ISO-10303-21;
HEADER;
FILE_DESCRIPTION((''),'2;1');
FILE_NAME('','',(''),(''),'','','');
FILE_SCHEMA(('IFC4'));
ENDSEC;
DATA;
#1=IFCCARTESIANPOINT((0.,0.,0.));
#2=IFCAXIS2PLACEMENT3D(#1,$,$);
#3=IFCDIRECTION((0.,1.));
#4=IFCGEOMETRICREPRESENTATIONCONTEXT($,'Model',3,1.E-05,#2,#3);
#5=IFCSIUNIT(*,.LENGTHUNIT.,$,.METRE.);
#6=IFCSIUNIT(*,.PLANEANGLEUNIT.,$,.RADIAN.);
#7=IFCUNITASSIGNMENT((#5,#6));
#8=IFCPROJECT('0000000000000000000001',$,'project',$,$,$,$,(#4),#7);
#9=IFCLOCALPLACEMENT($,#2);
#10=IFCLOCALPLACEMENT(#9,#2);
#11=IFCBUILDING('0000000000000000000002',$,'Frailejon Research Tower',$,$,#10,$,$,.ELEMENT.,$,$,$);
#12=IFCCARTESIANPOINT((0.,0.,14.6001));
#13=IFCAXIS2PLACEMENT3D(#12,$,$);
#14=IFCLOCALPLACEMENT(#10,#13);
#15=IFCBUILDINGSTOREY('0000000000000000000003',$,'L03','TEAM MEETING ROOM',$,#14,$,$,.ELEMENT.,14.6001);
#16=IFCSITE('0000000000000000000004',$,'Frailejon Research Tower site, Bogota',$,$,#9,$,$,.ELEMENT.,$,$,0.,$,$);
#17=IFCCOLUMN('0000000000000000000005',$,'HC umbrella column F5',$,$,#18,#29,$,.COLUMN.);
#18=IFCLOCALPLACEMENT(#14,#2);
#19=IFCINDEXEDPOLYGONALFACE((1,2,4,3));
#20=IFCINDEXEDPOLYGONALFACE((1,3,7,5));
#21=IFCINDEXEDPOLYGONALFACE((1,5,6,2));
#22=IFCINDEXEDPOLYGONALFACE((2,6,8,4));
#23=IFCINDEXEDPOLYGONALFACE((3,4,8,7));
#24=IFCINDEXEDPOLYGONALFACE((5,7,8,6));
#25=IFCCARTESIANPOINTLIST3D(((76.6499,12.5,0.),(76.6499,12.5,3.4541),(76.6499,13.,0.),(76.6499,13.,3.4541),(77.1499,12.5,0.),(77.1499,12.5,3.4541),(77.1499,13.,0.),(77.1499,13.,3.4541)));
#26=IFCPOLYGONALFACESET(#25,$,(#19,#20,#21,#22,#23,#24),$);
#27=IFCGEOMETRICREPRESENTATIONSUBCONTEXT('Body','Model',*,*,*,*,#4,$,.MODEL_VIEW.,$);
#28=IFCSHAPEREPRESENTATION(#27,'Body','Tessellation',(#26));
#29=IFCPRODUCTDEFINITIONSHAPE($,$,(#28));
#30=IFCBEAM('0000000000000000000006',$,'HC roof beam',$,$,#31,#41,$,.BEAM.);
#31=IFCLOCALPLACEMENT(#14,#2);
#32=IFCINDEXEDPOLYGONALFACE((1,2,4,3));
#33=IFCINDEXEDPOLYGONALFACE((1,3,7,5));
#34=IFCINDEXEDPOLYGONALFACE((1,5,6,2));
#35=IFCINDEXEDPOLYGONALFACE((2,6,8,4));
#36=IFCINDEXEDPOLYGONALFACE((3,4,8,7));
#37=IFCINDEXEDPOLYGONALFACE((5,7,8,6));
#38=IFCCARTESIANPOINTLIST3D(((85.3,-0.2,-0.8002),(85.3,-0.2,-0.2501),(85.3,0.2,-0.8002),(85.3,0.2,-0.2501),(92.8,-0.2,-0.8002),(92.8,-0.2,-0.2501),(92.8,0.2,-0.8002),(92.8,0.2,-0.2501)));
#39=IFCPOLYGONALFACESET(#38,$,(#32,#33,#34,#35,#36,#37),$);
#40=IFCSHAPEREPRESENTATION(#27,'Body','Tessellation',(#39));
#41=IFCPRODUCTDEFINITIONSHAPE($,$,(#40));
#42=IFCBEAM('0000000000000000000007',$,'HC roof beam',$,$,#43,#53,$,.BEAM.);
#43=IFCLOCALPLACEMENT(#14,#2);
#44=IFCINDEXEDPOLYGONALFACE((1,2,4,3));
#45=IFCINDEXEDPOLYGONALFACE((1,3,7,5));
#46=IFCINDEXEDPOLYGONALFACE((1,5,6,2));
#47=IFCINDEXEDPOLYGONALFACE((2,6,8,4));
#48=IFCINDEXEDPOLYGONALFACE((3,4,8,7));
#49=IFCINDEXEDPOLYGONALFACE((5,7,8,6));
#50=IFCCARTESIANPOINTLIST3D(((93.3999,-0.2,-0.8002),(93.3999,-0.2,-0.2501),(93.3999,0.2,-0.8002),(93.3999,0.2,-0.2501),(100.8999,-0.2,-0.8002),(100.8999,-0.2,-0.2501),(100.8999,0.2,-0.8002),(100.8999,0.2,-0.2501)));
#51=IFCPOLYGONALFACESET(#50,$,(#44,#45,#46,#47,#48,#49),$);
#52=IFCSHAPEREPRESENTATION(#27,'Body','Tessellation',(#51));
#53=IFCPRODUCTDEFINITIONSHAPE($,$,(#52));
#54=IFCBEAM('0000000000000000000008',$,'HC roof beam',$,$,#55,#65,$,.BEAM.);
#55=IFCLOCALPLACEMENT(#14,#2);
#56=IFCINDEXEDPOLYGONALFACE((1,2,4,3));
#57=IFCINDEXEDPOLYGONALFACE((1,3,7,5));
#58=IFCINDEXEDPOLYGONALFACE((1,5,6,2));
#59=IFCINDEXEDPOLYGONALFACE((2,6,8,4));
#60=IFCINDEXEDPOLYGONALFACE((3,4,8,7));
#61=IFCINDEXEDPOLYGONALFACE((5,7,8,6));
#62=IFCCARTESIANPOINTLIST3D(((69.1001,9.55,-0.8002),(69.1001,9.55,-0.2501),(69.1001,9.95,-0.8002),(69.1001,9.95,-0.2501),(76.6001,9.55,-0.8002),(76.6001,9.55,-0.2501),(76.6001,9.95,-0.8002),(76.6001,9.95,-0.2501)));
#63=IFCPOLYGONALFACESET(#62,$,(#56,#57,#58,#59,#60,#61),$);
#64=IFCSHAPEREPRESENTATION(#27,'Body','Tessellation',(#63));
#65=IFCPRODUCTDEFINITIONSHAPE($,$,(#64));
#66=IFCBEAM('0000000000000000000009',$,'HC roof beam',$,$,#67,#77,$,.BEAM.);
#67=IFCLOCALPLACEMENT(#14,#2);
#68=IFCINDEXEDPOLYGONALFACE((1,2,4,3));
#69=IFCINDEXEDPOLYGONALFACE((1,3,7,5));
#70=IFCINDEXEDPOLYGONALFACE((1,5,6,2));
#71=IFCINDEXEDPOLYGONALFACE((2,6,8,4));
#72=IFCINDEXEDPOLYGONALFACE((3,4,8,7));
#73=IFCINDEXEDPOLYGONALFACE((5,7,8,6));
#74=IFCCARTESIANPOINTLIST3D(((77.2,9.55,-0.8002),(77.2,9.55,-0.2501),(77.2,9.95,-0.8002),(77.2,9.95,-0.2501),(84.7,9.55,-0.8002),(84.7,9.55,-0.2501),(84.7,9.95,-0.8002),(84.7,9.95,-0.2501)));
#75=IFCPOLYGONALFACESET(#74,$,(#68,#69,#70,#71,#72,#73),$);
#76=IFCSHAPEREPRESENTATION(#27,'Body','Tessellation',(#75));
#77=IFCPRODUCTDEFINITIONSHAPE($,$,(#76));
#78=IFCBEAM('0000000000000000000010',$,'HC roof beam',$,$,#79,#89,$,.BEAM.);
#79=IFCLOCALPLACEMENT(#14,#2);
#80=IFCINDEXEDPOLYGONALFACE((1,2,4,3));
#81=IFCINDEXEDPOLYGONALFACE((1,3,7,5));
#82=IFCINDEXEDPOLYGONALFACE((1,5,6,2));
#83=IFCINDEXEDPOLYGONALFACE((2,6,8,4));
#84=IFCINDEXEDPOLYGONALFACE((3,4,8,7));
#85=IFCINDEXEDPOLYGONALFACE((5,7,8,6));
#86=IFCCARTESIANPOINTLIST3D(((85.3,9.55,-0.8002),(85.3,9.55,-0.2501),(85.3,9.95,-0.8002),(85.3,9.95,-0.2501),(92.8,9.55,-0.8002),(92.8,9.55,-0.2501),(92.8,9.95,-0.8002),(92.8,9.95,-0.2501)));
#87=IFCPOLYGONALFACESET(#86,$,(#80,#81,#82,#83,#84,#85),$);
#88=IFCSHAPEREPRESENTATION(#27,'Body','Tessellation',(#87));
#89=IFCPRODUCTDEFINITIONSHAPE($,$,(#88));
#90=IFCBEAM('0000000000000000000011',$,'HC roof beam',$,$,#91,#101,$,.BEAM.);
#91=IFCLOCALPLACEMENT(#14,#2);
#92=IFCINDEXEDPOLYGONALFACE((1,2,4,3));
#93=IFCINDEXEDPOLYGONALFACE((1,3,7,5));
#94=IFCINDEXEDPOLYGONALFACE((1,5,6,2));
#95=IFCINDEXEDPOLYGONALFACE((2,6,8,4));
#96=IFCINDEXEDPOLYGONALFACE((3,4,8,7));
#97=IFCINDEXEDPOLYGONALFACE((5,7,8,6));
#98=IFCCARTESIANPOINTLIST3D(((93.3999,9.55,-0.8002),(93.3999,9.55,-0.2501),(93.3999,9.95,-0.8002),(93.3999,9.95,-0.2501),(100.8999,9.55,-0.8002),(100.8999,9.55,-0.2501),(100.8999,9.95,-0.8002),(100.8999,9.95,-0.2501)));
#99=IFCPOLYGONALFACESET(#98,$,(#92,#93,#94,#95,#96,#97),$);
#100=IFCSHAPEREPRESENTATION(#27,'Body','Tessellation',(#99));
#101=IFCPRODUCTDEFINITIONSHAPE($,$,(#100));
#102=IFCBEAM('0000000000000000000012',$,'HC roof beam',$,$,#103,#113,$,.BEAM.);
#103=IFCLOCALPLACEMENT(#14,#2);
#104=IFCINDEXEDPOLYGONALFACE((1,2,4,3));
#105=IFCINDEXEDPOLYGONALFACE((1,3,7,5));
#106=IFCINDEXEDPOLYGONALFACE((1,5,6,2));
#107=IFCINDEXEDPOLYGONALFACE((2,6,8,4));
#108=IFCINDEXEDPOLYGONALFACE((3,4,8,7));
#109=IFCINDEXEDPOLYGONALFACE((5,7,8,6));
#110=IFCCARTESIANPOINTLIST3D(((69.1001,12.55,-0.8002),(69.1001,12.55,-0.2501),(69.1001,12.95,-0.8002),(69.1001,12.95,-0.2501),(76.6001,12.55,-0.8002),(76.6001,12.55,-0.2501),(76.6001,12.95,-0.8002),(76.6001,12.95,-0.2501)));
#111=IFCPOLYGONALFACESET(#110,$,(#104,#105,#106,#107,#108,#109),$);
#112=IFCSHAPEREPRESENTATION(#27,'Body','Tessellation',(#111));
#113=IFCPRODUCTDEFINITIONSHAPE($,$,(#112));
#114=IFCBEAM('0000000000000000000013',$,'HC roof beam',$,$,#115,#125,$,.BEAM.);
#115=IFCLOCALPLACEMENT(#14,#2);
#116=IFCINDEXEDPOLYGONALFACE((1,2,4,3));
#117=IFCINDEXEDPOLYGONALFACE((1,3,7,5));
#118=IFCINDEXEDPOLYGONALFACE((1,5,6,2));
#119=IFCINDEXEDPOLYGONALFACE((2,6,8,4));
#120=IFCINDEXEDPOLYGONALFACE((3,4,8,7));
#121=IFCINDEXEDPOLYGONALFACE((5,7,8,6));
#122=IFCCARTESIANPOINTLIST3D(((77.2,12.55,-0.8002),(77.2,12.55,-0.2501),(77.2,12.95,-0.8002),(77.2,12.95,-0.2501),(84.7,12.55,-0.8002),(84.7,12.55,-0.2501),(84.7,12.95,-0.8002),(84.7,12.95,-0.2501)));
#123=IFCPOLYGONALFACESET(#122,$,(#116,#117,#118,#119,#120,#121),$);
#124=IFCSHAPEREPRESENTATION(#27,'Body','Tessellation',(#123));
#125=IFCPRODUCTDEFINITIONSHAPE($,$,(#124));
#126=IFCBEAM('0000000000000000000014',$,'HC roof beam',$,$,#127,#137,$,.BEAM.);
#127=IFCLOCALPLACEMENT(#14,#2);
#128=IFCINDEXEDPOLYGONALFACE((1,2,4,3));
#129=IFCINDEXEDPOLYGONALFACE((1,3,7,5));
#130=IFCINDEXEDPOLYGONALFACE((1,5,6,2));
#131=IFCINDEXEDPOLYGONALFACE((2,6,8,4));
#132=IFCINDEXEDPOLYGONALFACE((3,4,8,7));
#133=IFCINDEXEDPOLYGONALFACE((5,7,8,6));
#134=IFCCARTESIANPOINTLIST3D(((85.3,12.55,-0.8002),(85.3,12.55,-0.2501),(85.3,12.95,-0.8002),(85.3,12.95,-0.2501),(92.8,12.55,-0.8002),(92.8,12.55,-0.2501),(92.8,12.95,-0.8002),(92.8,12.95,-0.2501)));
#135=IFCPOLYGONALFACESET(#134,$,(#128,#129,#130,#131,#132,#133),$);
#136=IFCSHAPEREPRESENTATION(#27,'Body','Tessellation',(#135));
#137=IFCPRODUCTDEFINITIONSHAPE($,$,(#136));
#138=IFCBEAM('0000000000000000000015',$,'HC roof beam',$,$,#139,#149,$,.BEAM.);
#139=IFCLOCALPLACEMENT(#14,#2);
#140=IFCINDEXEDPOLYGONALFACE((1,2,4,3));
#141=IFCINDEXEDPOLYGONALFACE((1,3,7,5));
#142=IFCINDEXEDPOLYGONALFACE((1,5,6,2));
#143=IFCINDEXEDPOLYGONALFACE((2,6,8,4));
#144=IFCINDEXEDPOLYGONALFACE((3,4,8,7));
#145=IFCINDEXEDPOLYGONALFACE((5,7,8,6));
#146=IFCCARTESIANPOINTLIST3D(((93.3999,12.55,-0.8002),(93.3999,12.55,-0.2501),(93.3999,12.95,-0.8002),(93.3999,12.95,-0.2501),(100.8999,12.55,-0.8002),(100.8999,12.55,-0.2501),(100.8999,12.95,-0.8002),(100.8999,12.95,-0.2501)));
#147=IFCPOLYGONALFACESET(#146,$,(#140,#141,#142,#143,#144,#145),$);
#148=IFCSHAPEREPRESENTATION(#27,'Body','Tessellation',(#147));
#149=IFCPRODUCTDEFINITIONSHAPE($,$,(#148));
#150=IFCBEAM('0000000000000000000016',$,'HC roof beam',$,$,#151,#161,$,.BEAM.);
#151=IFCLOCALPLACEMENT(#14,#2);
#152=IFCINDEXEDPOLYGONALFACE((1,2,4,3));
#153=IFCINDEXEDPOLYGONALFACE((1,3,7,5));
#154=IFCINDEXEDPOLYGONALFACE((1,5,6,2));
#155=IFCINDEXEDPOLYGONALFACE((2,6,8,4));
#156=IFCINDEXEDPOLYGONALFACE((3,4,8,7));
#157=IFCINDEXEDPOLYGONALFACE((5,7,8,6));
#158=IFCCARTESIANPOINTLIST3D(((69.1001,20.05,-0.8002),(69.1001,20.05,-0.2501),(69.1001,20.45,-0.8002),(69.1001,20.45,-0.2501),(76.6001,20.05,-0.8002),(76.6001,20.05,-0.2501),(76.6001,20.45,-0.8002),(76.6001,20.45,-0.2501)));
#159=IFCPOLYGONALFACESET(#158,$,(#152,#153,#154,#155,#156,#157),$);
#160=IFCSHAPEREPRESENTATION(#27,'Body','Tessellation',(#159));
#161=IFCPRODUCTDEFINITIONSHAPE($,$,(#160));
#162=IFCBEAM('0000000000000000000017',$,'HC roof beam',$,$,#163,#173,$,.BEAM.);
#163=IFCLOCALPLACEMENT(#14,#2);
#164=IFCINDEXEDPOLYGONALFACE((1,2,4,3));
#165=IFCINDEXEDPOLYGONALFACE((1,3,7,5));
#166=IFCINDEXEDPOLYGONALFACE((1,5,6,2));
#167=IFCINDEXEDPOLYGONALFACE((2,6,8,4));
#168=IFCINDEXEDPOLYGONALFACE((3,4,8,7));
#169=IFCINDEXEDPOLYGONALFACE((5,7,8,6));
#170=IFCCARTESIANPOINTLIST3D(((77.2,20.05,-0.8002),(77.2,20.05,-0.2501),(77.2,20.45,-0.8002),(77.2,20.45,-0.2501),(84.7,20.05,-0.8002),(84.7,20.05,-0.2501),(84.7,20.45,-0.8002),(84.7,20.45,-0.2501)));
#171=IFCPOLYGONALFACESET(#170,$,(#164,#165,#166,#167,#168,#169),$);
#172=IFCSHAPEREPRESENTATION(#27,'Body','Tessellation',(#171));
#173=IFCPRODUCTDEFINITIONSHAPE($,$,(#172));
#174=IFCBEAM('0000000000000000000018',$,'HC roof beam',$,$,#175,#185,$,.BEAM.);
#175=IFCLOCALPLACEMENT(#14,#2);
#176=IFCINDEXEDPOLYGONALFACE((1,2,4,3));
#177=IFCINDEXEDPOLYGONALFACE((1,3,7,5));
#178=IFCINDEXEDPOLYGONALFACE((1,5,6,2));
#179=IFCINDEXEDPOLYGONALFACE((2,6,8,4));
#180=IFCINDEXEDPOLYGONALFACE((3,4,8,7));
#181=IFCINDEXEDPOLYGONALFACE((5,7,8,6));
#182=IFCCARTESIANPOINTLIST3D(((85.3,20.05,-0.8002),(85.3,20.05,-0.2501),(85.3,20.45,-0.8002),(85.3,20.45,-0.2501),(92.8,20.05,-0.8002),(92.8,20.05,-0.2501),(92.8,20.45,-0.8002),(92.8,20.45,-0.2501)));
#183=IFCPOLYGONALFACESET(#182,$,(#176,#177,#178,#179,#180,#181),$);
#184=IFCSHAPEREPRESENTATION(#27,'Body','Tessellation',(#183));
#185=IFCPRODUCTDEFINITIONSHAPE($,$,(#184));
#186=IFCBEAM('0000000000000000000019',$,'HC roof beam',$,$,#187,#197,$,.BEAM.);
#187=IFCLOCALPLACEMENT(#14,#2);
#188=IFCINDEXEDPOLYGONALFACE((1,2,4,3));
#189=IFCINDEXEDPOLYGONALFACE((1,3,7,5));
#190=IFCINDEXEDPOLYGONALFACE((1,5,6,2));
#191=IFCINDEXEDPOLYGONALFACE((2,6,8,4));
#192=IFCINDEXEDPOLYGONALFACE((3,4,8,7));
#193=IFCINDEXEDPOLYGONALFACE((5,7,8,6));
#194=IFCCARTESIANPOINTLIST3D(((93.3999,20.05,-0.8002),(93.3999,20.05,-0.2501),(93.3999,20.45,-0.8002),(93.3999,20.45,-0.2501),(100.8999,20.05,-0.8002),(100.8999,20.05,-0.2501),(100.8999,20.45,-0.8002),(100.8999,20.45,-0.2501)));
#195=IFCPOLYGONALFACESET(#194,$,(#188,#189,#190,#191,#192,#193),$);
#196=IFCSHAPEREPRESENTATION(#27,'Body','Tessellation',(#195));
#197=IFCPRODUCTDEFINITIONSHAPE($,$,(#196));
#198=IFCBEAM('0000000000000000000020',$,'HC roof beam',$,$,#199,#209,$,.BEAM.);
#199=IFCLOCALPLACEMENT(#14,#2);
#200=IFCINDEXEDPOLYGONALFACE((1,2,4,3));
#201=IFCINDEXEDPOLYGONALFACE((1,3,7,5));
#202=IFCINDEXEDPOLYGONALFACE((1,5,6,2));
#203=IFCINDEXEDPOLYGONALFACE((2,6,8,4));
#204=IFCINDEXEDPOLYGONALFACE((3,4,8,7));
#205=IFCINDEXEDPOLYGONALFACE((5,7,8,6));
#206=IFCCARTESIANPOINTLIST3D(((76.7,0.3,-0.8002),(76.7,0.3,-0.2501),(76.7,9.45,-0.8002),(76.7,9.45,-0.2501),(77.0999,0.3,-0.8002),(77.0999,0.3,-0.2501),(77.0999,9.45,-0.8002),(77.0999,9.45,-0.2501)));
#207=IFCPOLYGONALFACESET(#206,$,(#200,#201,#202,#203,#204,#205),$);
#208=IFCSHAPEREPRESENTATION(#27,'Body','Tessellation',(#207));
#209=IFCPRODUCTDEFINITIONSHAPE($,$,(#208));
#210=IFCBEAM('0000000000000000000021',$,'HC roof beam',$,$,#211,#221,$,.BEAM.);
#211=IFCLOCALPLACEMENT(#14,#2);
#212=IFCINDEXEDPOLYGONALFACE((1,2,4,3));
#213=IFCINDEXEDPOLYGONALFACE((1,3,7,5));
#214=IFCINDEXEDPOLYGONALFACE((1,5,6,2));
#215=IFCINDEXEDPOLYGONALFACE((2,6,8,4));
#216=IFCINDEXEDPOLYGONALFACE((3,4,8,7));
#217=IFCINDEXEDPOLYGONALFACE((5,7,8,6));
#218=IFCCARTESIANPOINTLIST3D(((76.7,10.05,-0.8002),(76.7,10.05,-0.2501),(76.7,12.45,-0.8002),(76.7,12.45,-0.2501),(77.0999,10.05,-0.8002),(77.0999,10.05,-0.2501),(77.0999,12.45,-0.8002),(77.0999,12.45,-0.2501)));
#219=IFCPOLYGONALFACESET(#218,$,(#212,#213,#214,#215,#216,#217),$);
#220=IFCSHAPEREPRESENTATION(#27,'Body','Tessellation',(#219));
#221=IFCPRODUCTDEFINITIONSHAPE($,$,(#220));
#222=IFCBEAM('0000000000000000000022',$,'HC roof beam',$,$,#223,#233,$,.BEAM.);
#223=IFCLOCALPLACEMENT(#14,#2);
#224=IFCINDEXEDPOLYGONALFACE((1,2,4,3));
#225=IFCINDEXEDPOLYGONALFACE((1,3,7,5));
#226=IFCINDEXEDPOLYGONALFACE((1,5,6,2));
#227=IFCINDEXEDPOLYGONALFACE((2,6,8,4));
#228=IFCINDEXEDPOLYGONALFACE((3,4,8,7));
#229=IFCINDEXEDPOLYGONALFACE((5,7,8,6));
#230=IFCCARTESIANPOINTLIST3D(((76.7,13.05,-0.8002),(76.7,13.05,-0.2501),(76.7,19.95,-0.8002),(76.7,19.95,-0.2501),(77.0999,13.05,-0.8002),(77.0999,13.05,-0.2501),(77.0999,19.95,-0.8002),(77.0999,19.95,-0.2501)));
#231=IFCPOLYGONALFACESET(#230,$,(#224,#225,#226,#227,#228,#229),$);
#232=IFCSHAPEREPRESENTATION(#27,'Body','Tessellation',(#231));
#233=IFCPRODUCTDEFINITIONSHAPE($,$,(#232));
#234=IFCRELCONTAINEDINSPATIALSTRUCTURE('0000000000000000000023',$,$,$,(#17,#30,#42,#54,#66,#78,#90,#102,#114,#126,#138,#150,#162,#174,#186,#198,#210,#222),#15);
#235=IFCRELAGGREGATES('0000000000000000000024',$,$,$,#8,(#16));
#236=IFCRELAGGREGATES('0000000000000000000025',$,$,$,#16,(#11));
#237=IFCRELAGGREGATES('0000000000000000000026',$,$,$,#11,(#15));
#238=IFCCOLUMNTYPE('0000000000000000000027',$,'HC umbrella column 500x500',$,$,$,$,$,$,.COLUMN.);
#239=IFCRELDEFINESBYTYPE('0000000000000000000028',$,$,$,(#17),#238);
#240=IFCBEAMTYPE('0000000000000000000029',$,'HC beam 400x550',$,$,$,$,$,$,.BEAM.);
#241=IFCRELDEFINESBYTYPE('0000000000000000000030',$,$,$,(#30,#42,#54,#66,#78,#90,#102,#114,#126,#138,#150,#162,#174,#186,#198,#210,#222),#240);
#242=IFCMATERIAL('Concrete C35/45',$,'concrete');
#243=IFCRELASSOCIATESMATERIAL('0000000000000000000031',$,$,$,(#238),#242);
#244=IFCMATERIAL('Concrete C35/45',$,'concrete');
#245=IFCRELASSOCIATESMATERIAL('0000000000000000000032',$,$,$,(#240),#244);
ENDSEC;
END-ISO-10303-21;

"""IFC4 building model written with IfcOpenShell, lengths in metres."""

from ifc_helpers import new_model, si_unit, direction, frame, origin, origin_2d, place, context, subcontext, project, spatial, rectangle, extrude, material, material_profile, profile_set, type_object, element, save


model = new_model("IFC4")

# Units and contexts
model_context = context("Model", 3, precision=1e-05, world=origin(), true_north=direction((0.0, 1.0)))
body_context = subcontext(model_context, "Body", "Model", "MODEL_VIEW")
ifc_project = project(units=[si_unit("LENGTHUNIT", "METRE"), si_unit("PLANEANGLEUNIT", "RADIAN")], contexts=[model_context])

# Site, building, storey
site_placement = place(None, origin())
site = spatial("IfcSite", under=ifc_project, at=site_placement, Name="Frailejon Research Tower site, Bogota", CompositionType="ELEMENT", RefElevation=0.0)
building_placement = place(site_placement, origin())
building = spatial("IfcBuilding", under=site, at=building_placement, Name="Frailejon Research Tower", CompositionType="ELEMENT")
storey_placement = place(building_placement, frame((0.0, 0.0, 14.6001)))
storey = spatial("IfcBuildingStorey", under=building, at=storey_placement, Name="L03", Description="TEAM MEETING ROOM", CompositionType="ELEMENT", Elevation=14.6001)

# Column
ifc_material_1 = material(Name="Concrete C35/45", Category="concrete")
ifc_material_profile_1 = material_profile(ifc_material_1, rectangle(XDim=0.5, YDim=0.5, at=origin_2d()), Name="HC umbrella column 500x500")
ifc_profile_set_1 = profile_set([ifc_material_profile_1], Name="Concrete C35/45")
column_type = type_object("IfcColumnType", Name="HC umbrella column 500x500", PredefinedType="COLUMN", material=ifc_profile_set_1)
column_placement = place(storey_placement, frame((76.8999, 12.75, 0.0), z_axis=(0.0, 0.0, 1.0), x_axis=(1.0, 0.0, 0.0)))
element("IfcColumn", 1, at=column_placement, inside=storey, type_object=column_type, Name="HC umbrella column F5", PredefinedType="COLUMN", context=body_context, shape_type="SweptSolid", body=[
    extrude(rectangle(XDim=0.5, YDim=0.5, at=origin_2d()), origin(), (0.0, 0.0, 1.0), 3.4541),
])

# Beams
ifc_material_2 = material(Name="Concrete C35/45", Category="concrete")
ifc_material_profile_2 = material_profile(ifc_material_2, rectangle(XDim=0.3999, YDim=0.55, at=origin_2d()), Name="HC beam 400x550")
ifc_profile_set_2 = profile_set([ifc_material_profile_2], Name="Concrete C35/45")
beam_type = type_object("IfcBeamType", Name="HC beam 400x550", PredefinedType="BEAM", material=ifc_profile_set_2)
for number, where, z_axis, x_axis, name in (
    (2, (85.3, 0.0, -0.5251), (1.0, 0.0, 0.0), (0.0, 1.0, 0.0), "HC roof beam"),
    (3, (93.3999, 0.0, -0.5251), (1.0, 0.0, 0.0), (0.0, 1.0, 0.0), "HC roof beam"),
    (4, (69.1001, 9.75, -0.5251), (1.0, 0.0, 0.0), (0.0, 1.0, 0.0), "HC roof beam"),
    (5, (77.2, 9.75, -0.5251), (1.0, 0.0, 0.0), (0.0, 1.0, 0.0), "HC roof beam"),
    (6, (85.3, 9.75, -0.5251), (1.0, 0.0, 0.0), (0.0, 1.0, 0.0), "HC roof beam"),
    (7, (93.3999, 9.75, -0.5251), (1.0, 0.0, 0.0), (0.0, 1.0, 0.0), "HC roof beam"),
    (8, (69.1001, 12.75, -0.5251), (1.0, 0.0, 0.0), (0.0, 1.0, 0.0), "HC roof beam"),
    (9, (77.2, 12.75, -0.5251), (1.0, 0.0, 0.0), (0.0, 1.0, 0.0), "HC roof beam"),
    (10, (85.3, 12.75, -0.5251), (1.0, 0.0, 0.0), (0.0, 1.0, 0.0), "HC roof beam"),
    (11, (93.3999, 12.75, -0.5251), (1.0, 0.0, 0.0), (0.0, 1.0, 0.0), "HC roof beam"),
    (12, (69.1001, 20.25, -0.5251), (1.0, 0.0, 0.0), (0.0, 1.0, 0.0), "HC roof beam"),
    (13, (77.2, 20.25, -0.5251), (1.0, 0.0, 0.0), (0.0, 1.0, 0.0), "HC roof beam"),
    (14, (85.3, 20.25, -0.5251), (1.0, 0.0, 0.0), (0.0, 1.0, 0.0), "HC roof beam"),
    (15, (93.3999, 20.25, -0.5251), (1.0, 0.0, 0.0), (0.0, 1.0, 0.0), "HC roof beam"),
):
    element("IfcBeam", number, at=place(storey_placement, frame(where, z_axis=z_axis, x_axis=x_axis)), inside=storey, type_object=beam_type, Name=name, PredefinedType="BEAM", context=body_context, shape_type="SweptSolid", body=[
        extrude(rectangle(XDim=0.3999, YDim=0.55, at=origin_2d()), origin(), (0.0, 0.0, 1.0), 7.5),
    ])
beam_1_placement = place(storey_placement, frame((76.8999, 0.3, -0.5251), z_axis=(0.0, 1.0, 0.0), x_axis=(-1.0, 0.0, 0.0)))
element("IfcBeam", 16, at=beam_1_placement, inside=storey, type_object=beam_type, Name="HC roof beam", PredefinedType="BEAM", context=body_context, shape_type="SweptSolid", body=[
    extrude(rectangle(XDim=0.3999, YDim=0.55, at=origin_2d()), origin(), (0.0, 0.0, 1.0), 9.1499),
])
beam_2_placement = place(storey_placement, frame((76.8999, 10.05, -0.5251), z_axis=(0.0, 1.0, 0.0), x_axis=(-1.0, 0.0, 0.0)))
element("IfcBeam", 17, at=beam_2_placement, inside=storey, type_object=beam_type, Name="HC roof beam", PredefinedType="BEAM", context=body_context, shape_type="SweptSolid", body=[
    extrude(rectangle(XDim=0.3999, YDim=0.55, at=origin_2d()), origin(), (0.0, 0.0, 1.0), 2.3999),
])
beam_3_placement = place(storey_placement, frame((76.8999, 13.05, -0.5251), z_axis=(0.0, 1.0, 0.0), x_axis=(-1.0, 0.0, 0.0)))
element("IfcBeam", 18, at=beam_3_placement, inside=storey, type_object=beam_type, Name="HC roof beam", PredefinedType="BEAM", context=body_context, shape_type="SweptSolid", body=[
    extrude(rectangle(XDim=0.3999, YDim=0.55, at=origin_2d()), origin(), (0.0, 0.0, 1.0), 6.8999),
])

save(model, "model.ifc")
